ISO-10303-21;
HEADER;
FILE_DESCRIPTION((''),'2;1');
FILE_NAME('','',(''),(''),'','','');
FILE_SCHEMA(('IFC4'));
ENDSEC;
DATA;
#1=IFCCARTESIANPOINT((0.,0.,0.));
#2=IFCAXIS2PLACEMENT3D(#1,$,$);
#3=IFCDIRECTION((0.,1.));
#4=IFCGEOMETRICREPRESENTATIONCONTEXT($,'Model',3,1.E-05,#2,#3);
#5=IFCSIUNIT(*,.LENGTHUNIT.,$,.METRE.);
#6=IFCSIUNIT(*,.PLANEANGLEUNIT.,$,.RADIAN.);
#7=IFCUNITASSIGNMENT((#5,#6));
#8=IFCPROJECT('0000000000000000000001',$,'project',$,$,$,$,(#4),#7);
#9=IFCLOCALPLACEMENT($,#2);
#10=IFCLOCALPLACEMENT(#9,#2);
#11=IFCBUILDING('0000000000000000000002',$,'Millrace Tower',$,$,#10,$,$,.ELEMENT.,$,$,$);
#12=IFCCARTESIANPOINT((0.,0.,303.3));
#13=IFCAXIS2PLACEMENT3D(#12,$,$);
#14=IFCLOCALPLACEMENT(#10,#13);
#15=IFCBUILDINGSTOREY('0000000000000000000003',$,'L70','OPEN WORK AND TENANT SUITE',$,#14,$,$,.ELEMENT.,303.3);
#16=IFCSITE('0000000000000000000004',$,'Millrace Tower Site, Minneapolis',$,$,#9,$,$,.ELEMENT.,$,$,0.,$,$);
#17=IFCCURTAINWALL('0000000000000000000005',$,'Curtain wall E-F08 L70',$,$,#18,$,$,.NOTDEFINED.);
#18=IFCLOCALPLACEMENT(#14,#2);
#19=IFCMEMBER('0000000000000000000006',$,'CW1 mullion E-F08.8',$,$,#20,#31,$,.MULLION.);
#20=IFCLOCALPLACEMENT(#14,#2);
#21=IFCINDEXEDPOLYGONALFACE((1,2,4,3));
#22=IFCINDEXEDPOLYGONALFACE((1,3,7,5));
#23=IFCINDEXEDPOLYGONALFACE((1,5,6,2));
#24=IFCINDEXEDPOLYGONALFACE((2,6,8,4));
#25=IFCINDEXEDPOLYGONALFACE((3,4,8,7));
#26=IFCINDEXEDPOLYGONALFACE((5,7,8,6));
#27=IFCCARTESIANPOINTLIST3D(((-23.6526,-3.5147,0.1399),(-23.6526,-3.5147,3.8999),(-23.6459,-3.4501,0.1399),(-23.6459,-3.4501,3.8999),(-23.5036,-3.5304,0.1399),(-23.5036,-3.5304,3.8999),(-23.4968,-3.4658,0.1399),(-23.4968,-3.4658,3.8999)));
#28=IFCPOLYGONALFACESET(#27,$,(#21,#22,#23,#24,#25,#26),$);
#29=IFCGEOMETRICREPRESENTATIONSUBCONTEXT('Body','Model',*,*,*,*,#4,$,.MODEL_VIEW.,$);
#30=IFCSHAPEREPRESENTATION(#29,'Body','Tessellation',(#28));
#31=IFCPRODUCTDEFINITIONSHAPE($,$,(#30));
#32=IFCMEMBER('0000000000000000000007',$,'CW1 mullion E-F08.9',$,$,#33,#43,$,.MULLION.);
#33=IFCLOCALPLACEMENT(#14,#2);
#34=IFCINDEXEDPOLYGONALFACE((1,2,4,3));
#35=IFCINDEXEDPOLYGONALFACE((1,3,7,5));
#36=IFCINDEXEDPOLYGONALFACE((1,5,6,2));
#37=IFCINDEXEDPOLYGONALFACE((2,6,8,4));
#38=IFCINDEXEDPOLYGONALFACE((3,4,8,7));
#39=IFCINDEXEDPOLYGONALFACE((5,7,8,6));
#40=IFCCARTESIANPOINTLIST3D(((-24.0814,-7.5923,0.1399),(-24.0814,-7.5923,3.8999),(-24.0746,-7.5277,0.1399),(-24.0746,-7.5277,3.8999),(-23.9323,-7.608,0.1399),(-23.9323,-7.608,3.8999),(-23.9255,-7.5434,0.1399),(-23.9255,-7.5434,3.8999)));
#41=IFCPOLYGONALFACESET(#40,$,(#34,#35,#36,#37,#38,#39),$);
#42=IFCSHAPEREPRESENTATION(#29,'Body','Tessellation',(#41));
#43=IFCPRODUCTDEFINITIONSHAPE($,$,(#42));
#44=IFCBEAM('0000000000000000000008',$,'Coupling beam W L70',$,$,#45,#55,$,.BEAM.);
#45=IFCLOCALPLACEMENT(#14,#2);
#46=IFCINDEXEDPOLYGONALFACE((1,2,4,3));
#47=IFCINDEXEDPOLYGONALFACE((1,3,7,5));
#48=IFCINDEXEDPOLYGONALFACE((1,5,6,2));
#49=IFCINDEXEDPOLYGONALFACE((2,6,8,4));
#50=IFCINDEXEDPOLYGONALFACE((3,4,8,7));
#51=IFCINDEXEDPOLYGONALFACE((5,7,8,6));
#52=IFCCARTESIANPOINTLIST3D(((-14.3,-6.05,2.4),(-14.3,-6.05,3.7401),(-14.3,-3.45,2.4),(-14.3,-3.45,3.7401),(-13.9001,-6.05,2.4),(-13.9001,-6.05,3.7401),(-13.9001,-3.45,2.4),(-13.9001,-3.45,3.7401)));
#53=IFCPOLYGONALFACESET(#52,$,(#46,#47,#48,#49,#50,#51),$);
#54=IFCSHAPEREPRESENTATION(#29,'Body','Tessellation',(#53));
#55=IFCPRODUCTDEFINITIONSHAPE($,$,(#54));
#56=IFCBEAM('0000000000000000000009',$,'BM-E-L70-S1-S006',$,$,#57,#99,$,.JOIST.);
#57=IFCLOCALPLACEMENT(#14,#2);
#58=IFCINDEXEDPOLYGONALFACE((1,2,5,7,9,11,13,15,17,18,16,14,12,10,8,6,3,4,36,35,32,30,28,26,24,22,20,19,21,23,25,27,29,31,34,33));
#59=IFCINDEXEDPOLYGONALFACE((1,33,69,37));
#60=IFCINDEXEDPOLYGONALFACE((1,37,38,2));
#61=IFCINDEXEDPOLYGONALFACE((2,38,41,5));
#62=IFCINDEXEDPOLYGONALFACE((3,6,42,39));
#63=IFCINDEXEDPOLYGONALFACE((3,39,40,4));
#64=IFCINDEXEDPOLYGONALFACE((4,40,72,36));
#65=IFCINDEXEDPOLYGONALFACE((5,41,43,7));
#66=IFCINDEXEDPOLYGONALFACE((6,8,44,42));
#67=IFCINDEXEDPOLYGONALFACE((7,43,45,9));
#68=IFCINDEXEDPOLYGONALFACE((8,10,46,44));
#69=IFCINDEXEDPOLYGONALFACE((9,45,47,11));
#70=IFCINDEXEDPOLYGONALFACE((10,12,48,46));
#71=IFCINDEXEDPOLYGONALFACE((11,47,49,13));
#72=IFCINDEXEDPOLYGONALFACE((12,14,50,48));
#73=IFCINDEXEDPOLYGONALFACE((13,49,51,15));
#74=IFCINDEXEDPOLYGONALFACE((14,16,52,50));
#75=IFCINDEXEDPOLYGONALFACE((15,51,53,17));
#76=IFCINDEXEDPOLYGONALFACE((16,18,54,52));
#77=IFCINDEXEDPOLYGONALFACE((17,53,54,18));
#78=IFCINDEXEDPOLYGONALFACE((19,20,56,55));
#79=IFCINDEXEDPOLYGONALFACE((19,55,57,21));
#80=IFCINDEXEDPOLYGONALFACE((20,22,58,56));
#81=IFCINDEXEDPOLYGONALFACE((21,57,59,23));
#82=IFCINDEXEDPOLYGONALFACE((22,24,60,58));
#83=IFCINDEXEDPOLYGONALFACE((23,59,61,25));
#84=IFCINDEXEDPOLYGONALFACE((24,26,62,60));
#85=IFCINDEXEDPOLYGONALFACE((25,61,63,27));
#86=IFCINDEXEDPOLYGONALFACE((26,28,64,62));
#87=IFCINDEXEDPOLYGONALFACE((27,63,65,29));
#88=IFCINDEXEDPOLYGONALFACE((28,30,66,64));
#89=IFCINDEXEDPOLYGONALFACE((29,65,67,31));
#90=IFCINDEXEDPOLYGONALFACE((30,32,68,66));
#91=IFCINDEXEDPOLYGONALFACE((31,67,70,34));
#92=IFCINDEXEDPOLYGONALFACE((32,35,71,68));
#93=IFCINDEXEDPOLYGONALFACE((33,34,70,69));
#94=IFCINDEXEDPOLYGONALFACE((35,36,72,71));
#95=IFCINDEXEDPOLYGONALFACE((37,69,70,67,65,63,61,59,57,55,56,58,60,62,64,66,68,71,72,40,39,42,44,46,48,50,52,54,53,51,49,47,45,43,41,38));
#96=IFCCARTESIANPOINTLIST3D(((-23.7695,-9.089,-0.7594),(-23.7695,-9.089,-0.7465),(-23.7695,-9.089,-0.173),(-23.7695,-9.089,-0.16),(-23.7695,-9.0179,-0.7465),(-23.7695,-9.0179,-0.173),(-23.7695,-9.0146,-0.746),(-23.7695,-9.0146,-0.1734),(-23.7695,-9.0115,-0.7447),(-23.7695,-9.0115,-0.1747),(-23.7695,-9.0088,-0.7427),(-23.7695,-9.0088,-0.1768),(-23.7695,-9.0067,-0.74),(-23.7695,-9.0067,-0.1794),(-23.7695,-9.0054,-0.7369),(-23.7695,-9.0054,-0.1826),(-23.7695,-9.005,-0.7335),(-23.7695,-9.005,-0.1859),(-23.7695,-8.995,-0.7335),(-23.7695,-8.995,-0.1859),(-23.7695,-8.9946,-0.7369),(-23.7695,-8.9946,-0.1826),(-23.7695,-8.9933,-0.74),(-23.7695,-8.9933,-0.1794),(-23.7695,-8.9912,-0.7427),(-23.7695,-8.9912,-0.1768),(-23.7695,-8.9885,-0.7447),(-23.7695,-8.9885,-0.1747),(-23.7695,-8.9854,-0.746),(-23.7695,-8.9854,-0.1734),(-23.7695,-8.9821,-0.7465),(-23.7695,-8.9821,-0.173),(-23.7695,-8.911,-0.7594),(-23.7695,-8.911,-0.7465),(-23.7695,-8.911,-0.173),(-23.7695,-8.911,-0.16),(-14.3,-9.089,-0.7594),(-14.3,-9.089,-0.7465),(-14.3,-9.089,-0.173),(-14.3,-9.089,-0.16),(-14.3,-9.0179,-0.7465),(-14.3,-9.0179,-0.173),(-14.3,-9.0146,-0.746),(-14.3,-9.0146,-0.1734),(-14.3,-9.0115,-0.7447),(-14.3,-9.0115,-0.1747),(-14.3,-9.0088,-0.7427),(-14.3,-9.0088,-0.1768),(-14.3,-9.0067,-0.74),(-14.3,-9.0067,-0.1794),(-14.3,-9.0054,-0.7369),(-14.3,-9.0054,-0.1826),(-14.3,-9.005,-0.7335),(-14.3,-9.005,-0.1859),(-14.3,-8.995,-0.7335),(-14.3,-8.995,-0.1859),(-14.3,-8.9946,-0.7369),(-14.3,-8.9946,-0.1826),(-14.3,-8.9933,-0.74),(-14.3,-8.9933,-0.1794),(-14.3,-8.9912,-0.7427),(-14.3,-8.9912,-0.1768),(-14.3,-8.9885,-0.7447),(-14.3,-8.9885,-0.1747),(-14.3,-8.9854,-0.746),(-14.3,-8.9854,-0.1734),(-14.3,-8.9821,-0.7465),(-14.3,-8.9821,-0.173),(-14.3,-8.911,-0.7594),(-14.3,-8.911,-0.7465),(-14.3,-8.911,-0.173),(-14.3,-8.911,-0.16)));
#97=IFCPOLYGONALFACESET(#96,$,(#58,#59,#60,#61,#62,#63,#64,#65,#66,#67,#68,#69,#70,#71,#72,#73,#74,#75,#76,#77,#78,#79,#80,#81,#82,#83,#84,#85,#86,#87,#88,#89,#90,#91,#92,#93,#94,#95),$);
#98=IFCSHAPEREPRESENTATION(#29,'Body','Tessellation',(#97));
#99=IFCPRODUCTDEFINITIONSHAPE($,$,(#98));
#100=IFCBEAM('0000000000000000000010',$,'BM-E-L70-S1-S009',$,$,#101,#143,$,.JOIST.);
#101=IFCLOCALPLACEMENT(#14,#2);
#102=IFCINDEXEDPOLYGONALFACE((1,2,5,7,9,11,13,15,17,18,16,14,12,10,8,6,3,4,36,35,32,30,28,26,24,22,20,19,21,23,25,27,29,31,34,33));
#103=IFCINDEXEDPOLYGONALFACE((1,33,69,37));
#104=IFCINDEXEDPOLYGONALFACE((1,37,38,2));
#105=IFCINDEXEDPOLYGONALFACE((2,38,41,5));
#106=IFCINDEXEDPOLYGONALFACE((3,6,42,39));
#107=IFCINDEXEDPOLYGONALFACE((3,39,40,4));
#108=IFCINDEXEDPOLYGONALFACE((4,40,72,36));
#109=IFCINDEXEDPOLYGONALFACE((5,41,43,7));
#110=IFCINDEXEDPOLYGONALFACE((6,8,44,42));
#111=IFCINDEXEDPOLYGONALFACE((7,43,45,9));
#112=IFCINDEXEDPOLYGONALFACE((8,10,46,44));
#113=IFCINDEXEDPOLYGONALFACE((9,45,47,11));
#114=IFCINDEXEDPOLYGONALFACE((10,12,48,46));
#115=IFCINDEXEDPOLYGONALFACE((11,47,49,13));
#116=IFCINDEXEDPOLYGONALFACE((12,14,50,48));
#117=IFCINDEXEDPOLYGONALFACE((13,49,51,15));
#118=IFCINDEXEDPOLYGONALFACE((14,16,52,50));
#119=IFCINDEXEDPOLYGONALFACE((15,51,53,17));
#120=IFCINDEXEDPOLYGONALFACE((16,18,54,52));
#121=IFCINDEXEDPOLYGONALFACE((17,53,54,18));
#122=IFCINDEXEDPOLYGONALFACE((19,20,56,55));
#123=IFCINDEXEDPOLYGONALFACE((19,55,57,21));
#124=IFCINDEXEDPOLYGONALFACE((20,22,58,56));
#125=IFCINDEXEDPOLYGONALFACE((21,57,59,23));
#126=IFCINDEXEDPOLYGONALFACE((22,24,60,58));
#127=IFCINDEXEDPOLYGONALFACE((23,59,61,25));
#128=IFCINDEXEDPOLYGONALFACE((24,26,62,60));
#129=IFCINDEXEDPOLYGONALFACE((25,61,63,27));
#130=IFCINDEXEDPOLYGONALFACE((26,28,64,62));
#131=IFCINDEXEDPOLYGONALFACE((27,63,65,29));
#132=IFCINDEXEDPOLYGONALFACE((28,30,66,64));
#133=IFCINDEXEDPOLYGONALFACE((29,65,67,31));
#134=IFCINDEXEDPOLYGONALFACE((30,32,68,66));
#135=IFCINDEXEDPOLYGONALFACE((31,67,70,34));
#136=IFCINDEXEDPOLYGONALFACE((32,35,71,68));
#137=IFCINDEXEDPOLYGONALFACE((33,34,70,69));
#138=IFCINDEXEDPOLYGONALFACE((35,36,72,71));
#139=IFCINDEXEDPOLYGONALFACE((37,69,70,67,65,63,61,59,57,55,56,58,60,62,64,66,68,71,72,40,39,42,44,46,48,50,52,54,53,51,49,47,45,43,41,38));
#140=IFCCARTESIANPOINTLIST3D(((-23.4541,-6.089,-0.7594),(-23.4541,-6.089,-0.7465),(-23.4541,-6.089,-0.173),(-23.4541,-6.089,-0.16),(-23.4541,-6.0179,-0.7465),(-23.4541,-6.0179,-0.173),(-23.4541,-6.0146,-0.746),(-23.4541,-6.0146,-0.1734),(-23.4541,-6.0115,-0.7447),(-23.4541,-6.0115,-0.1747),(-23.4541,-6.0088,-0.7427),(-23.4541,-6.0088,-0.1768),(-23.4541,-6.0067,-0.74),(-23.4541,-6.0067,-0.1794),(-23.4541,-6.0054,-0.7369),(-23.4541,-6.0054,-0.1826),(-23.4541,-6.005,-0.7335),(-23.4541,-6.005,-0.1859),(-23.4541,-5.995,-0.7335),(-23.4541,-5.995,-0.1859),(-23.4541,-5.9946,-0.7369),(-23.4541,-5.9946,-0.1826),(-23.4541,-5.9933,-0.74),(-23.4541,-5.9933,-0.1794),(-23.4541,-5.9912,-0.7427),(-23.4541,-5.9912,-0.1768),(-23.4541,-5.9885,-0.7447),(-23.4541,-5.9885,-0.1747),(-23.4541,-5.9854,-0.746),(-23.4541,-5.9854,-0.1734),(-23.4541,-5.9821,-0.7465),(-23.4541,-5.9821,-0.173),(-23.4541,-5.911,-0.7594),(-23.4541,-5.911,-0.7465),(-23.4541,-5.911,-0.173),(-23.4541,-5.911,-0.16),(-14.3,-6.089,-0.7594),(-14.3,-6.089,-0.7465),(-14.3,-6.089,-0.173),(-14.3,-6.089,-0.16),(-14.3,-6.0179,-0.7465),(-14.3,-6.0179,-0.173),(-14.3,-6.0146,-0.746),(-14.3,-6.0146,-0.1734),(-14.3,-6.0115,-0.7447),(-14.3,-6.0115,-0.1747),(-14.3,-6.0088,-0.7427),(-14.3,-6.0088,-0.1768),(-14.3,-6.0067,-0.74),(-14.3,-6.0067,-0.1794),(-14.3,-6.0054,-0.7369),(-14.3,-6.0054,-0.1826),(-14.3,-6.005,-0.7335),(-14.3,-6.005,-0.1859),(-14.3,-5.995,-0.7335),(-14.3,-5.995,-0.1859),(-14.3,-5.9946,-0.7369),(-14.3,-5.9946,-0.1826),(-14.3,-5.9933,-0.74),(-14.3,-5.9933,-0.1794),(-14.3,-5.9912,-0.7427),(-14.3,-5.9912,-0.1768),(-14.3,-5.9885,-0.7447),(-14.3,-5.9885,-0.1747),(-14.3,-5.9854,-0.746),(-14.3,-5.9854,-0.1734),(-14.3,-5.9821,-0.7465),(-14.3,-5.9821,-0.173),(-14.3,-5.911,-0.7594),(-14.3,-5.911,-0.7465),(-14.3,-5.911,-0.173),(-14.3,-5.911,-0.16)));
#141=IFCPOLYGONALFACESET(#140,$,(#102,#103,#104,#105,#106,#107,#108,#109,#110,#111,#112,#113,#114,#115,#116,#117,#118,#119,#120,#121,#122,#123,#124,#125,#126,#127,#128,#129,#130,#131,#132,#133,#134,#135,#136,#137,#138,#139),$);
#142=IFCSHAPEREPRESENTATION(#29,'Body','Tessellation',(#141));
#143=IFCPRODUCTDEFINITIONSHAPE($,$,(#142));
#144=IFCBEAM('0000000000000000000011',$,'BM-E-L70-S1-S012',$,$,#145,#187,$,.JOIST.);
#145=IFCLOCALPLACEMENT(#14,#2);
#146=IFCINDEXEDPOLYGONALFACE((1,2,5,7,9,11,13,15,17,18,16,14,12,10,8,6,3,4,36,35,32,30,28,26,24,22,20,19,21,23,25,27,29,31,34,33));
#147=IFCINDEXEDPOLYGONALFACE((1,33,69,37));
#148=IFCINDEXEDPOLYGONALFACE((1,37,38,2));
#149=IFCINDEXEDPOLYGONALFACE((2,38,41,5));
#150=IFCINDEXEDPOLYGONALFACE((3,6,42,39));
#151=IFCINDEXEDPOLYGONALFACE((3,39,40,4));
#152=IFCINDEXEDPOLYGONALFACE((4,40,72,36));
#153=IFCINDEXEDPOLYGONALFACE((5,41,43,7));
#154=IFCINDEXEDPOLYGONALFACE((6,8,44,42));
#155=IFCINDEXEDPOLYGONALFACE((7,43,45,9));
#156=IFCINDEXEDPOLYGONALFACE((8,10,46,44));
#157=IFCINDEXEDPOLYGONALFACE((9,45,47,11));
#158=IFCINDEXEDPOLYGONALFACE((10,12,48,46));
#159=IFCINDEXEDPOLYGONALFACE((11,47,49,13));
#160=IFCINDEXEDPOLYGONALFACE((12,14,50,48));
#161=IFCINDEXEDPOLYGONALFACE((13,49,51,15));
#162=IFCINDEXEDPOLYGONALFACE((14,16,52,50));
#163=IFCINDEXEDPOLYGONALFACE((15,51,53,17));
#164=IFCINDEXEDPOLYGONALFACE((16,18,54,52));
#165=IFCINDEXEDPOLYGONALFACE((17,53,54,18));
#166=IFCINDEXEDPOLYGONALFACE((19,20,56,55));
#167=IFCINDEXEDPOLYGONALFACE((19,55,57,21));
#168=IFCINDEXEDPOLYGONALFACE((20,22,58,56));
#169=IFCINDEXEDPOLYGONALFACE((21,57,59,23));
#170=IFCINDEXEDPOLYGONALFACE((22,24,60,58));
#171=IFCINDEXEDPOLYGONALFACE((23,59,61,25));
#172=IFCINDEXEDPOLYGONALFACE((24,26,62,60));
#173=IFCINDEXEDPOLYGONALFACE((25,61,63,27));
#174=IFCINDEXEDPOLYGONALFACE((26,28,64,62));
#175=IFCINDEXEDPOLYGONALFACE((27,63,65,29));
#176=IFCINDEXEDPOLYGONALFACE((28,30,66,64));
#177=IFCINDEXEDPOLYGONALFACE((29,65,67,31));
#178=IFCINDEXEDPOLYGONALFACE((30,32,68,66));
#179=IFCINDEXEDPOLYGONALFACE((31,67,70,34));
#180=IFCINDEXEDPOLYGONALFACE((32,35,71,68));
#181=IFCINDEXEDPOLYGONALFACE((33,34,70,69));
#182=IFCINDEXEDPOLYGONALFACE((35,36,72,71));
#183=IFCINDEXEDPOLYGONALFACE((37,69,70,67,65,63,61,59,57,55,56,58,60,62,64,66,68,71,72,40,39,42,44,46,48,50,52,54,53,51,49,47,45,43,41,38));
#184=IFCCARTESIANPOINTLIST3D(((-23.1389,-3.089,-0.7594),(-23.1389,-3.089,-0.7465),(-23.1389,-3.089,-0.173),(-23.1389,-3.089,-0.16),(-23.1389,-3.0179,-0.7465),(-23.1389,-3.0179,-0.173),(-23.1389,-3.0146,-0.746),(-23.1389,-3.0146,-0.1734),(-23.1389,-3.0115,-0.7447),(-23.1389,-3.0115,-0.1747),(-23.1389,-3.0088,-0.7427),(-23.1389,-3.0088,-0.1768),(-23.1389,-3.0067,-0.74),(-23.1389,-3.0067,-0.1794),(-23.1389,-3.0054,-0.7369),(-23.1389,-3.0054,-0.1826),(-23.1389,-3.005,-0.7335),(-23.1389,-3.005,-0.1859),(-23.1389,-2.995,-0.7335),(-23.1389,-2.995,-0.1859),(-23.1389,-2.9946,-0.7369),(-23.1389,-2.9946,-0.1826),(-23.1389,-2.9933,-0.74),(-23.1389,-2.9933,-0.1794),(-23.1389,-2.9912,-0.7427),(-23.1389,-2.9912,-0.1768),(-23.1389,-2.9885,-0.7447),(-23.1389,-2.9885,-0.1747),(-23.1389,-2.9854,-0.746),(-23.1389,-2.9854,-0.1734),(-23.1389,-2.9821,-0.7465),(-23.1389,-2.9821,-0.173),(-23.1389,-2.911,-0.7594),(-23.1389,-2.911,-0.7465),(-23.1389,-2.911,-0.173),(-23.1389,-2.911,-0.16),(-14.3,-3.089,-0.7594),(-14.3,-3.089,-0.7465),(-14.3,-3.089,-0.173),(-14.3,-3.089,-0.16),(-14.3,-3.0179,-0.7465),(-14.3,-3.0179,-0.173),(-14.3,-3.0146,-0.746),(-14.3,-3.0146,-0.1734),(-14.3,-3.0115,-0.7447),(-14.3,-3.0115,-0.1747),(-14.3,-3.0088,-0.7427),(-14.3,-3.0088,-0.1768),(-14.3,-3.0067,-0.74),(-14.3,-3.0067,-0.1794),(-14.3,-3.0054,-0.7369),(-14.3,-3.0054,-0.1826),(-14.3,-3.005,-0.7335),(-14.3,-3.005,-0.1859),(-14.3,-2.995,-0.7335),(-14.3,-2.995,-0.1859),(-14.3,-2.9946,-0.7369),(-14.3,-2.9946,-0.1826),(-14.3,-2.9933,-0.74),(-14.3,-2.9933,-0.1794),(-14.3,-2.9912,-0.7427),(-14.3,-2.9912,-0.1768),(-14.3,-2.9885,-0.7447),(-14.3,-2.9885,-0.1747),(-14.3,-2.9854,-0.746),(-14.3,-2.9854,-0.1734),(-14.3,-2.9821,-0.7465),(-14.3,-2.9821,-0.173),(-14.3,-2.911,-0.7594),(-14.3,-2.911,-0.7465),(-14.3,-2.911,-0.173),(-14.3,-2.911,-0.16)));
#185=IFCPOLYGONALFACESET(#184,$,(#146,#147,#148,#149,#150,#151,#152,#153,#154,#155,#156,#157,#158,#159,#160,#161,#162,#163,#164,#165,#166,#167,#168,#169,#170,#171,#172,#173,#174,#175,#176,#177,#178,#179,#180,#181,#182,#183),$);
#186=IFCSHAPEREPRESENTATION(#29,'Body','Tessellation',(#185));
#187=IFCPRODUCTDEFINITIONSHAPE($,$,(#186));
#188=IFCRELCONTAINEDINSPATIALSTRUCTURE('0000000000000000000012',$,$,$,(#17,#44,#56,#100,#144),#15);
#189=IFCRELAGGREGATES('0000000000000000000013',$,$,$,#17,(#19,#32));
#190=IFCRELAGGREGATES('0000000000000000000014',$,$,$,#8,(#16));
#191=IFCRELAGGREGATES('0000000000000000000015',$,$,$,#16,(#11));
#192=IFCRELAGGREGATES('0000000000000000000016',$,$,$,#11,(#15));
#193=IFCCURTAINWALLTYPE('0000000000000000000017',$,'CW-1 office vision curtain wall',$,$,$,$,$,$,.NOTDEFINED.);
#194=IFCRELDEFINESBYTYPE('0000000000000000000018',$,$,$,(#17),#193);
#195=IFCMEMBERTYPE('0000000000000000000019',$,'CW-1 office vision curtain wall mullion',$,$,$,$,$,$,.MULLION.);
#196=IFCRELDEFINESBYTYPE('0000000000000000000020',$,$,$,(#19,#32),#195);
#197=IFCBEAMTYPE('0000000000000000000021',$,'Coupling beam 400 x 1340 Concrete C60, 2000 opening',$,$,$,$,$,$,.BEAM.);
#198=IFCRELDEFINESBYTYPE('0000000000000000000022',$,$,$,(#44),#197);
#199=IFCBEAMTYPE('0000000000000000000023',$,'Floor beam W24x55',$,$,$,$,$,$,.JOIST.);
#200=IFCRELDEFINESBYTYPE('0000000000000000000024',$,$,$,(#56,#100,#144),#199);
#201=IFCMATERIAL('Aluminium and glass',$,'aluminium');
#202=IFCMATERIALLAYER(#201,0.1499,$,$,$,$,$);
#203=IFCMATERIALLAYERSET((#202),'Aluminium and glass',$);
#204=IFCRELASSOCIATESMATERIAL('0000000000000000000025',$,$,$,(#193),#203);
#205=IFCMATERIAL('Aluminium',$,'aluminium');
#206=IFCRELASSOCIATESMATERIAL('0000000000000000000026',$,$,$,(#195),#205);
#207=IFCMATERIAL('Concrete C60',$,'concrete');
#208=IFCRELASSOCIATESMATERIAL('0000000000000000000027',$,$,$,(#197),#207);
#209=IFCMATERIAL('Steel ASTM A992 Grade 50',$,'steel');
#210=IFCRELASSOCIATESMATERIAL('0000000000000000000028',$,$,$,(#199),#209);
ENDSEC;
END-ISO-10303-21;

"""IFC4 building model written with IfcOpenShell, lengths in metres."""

from ifc_helpers import new_model, si_unit, direction, frame, origin, origin_2d, place, context, subcontext, project, spatial, rectangle, i_section, extrude, material, layer, layer_set, material_profile, profile_set, type_object, element, aggregate, save


model = new_model("IFC4")

# Units and contexts
model_context = context("Model", 3, precision=1e-05, world=origin(), true_north=direction((0.0, 1.0)))
body_context = subcontext(model_context, "Body", "Model", "MODEL_VIEW")
ifc_project = project(units=[si_unit("LENGTHUNIT", "METRE"), si_unit("PLANEANGLEUNIT", "RADIAN")], contexts=[model_context])

# Site, building, storey
site_placement = place(None, origin())
site = spatial("IfcSite", under=ifc_project, at=site_placement, Name="Millrace Tower Site, Minneapolis", CompositionType="ELEMENT", RefElevation=0.0)
building_placement = place(site_placement, origin())
building = spatial("IfcBuilding", under=site, at=building_placement, Name="Millrace Tower", CompositionType="ELEMENT")
storey_placement = place(building_placement, frame((0.0, 0.0, 303.3)))
storey = spatial("IfcBuildingStorey", under=building, at=storey_placement, Name="L70", Description="OPEN WORK AND TENANT SUITE", CompositionType="ELEMENT", Elevation=303.3)

# Curtain wall, members
ifc_material_1 = material(Name="Aluminium and glass", Category="aluminium")
ifc_layer_1 = layer(ifc_material_1, 0.1499)
ifc_layer_set_1 = layer_set([ifc_layer_1], Name="Aluminium and glass")
curtain_wall_type = type_object("IfcCurtainWallType", Name="CW-1 office vision curtain wall", PredefinedType="NOTDEFINED", material=ifc_layer_set_1)
curtain_wall_placement = place(storey_placement, origin())
curtain_wall = element("IfcCurtainWall", 1, at=curtain_wall_placement, inside=storey, type_object=curtain_wall_type, Name="Curtain wall E-F08 L70", PredefinedType="NOTDEFINED")
ifc_material_2 = material(Name="Aluminium", Category="aluminium")
ifc_material_profile_1 = material_profile(ifc_material_2, rectangle(XDim=0.0649, YDim=0.1499, at=origin_2d()))
ifc_profile_set_1 = profile_set([ifc_material_profile_1], Name="Aluminium")
member_type = type_object("IfcMemberType", Name="CW-1 office vision curtain wall mullion", PredefinedType="MULLION", material=ifc_profile_set_1)
member_1_placement = place(storey_placement, frame((-23.5747, -3.4902, 0.1399), z_axis=(0.0, 0.0, 1.0), x_axis=(-0.104528, -0.994522, 0.0)))
member_1 = element("IfcMember", 2, at=member_1_placement, type_object=member_type, Name="CW1 mullion E-F08.8", PredefinedType="MULLION", context=body_context, shape_type="SweptSolid", body=[
    extrude(rectangle(XDim=0.0649, YDim=0.1499, at=origin_2d()), origin(), (0.0, 0.0, 1.0), 3.76),
])
member_2_placement = place(storey_placement, frame((-24.0034, -7.5679, 0.1399), z_axis=(0.0, 0.0, 1.0), x_axis=(-0.104528, -0.994522, 0.0)))
member_2 = element("IfcMember", 3, at=member_2_placement, type_object=member_type, Name="CW1 mullion E-F08.9", PredefinedType="MULLION", context=body_context, shape_type="SweptSolid", body=[
    extrude(rectangle(XDim=0.0649, YDim=0.1499, at=origin_2d()), origin(), (0.0, 0.0, 1.0), 3.76),
])
aggregate(curtain_wall, [member_1, member_2])

# Beams
ifc_material_3 = material(Name="Concrete C60", Category="concrete")
ifc_material_profile_2 = material_profile(ifc_material_3, rectangle(XDim=0.3999, YDim=1.3401, at=origin_2d()))
ifc_profile_set_2 = profile_set([ifc_material_profile_2], Name="Concrete C60")
beam_type_1 = type_object("IfcBeamType", Name="Coupling beam 400 x 1340 Concrete C60, 2000 opening", PredefinedType="BEAM", material=ifc_profile_set_2)
beam_1_placement = place(storey_placement, frame((-14.1001, -6.05, 3.0701), z_axis=(0.0, 1.0, 0.0), x_axis=(-1.0, 0.0, 0.0)))
element("IfcBeam", 4, at=beam_1_placement, inside=storey, type_object=beam_type_1, Name="Coupling beam W L70", PredefinedType="BEAM", context=body_context, shape_type="SweptSolid", body=[
    extrude(rectangle(XDim=0.3999, YDim=1.3401, at=origin_2d()), origin(), (0.0, 0.0, 1.0), 2.6001),
])
ifc_material_4 = material(Name="Steel ASTM A992 Grade 50", Category="steel")
ifc_material_profile_3 = material_profile(ifc_material_4, i_section(OverallWidth=0.178, OverallDepth=0.5994, WebThickness=0.01, FlangeThickness=0.0129, FilletRadius=0.0129, at=origin_2d()))
ifc_profile_set_3 = profile_set([ifc_material_profile_3], Name="Steel ASTM A992 Grade 50")
beam_type_2 = type_object("IfcBeamType", Name="Floor beam W24x55", PredefinedType="JOIST", material=ifc_profile_set_3)
beam_2_placement = place(storey_placement, frame((-23.7695, -9.0, -0.4597), z_axis=(1.0, 0.0, 0.0), x_axis=(0.0, 1.0, 0.0)))
element("IfcBeam", 5, at=beam_2_placement, inside=storey, type_object=beam_type_2, Name="BM-E-L70-S1-S006", PredefinedType="JOIST", context=body_context, shape_type="SweptSolid", body=[
    extrude(i_section(OverallWidth=0.178, OverallDepth=0.5994, WebThickness=0.01, FlangeThickness=0.0129, FilletRadius=0.0129, at=origin_2d()), origin(), (0.0, 0.0, 1.0), 9.4695),
])
beam_3_placement = place(storey_placement, frame((-23.4541, -6.0, -0.4597), z_axis=(1.0, 0.0, 0.0), x_axis=(0.0, 1.0, 0.0)))
element("IfcBeam", 6, at=beam_3_placement, inside=storey, type_object=beam_type_2, Name="BM-E-L70-S1-S009", PredefinedType="JOIST", context=body_context, shape_type="SweptSolid", body=[
    extrude(i_section(OverallWidth=0.178, OverallDepth=0.5994, WebThickness=0.01, FlangeThickness=0.0129, FilletRadius=0.0129, at=origin_2d()), origin(), (0.0, 0.0, 1.0), 9.1541),
])
beam_4_placement = place(storey_placement, frame((-23.1389, -3.0, -0.4597), z_axis=(1.0, 0.0, 0.0), x_axis=(0.0, 1.0, 0.0)))
element("IfcBeam", 7, at=beam_4_placement, inside=storey, type_object=beam_type_2, Name="BM-E-L70-S1-S012", PredefinedType="JOIST", context=body_context, shape_type="SweptSolid", body=[
    extrude(i_section(OverallWidth=0.178, OverallDepth=0.5994, WebThickness=0.01, FlangeThickness=0.0129, FilletRadius=0.0129, at=origin_2d()), origin(), (0.0, 0.0, 1.0), 8.8389),
])

save(model, "model.ifc")
